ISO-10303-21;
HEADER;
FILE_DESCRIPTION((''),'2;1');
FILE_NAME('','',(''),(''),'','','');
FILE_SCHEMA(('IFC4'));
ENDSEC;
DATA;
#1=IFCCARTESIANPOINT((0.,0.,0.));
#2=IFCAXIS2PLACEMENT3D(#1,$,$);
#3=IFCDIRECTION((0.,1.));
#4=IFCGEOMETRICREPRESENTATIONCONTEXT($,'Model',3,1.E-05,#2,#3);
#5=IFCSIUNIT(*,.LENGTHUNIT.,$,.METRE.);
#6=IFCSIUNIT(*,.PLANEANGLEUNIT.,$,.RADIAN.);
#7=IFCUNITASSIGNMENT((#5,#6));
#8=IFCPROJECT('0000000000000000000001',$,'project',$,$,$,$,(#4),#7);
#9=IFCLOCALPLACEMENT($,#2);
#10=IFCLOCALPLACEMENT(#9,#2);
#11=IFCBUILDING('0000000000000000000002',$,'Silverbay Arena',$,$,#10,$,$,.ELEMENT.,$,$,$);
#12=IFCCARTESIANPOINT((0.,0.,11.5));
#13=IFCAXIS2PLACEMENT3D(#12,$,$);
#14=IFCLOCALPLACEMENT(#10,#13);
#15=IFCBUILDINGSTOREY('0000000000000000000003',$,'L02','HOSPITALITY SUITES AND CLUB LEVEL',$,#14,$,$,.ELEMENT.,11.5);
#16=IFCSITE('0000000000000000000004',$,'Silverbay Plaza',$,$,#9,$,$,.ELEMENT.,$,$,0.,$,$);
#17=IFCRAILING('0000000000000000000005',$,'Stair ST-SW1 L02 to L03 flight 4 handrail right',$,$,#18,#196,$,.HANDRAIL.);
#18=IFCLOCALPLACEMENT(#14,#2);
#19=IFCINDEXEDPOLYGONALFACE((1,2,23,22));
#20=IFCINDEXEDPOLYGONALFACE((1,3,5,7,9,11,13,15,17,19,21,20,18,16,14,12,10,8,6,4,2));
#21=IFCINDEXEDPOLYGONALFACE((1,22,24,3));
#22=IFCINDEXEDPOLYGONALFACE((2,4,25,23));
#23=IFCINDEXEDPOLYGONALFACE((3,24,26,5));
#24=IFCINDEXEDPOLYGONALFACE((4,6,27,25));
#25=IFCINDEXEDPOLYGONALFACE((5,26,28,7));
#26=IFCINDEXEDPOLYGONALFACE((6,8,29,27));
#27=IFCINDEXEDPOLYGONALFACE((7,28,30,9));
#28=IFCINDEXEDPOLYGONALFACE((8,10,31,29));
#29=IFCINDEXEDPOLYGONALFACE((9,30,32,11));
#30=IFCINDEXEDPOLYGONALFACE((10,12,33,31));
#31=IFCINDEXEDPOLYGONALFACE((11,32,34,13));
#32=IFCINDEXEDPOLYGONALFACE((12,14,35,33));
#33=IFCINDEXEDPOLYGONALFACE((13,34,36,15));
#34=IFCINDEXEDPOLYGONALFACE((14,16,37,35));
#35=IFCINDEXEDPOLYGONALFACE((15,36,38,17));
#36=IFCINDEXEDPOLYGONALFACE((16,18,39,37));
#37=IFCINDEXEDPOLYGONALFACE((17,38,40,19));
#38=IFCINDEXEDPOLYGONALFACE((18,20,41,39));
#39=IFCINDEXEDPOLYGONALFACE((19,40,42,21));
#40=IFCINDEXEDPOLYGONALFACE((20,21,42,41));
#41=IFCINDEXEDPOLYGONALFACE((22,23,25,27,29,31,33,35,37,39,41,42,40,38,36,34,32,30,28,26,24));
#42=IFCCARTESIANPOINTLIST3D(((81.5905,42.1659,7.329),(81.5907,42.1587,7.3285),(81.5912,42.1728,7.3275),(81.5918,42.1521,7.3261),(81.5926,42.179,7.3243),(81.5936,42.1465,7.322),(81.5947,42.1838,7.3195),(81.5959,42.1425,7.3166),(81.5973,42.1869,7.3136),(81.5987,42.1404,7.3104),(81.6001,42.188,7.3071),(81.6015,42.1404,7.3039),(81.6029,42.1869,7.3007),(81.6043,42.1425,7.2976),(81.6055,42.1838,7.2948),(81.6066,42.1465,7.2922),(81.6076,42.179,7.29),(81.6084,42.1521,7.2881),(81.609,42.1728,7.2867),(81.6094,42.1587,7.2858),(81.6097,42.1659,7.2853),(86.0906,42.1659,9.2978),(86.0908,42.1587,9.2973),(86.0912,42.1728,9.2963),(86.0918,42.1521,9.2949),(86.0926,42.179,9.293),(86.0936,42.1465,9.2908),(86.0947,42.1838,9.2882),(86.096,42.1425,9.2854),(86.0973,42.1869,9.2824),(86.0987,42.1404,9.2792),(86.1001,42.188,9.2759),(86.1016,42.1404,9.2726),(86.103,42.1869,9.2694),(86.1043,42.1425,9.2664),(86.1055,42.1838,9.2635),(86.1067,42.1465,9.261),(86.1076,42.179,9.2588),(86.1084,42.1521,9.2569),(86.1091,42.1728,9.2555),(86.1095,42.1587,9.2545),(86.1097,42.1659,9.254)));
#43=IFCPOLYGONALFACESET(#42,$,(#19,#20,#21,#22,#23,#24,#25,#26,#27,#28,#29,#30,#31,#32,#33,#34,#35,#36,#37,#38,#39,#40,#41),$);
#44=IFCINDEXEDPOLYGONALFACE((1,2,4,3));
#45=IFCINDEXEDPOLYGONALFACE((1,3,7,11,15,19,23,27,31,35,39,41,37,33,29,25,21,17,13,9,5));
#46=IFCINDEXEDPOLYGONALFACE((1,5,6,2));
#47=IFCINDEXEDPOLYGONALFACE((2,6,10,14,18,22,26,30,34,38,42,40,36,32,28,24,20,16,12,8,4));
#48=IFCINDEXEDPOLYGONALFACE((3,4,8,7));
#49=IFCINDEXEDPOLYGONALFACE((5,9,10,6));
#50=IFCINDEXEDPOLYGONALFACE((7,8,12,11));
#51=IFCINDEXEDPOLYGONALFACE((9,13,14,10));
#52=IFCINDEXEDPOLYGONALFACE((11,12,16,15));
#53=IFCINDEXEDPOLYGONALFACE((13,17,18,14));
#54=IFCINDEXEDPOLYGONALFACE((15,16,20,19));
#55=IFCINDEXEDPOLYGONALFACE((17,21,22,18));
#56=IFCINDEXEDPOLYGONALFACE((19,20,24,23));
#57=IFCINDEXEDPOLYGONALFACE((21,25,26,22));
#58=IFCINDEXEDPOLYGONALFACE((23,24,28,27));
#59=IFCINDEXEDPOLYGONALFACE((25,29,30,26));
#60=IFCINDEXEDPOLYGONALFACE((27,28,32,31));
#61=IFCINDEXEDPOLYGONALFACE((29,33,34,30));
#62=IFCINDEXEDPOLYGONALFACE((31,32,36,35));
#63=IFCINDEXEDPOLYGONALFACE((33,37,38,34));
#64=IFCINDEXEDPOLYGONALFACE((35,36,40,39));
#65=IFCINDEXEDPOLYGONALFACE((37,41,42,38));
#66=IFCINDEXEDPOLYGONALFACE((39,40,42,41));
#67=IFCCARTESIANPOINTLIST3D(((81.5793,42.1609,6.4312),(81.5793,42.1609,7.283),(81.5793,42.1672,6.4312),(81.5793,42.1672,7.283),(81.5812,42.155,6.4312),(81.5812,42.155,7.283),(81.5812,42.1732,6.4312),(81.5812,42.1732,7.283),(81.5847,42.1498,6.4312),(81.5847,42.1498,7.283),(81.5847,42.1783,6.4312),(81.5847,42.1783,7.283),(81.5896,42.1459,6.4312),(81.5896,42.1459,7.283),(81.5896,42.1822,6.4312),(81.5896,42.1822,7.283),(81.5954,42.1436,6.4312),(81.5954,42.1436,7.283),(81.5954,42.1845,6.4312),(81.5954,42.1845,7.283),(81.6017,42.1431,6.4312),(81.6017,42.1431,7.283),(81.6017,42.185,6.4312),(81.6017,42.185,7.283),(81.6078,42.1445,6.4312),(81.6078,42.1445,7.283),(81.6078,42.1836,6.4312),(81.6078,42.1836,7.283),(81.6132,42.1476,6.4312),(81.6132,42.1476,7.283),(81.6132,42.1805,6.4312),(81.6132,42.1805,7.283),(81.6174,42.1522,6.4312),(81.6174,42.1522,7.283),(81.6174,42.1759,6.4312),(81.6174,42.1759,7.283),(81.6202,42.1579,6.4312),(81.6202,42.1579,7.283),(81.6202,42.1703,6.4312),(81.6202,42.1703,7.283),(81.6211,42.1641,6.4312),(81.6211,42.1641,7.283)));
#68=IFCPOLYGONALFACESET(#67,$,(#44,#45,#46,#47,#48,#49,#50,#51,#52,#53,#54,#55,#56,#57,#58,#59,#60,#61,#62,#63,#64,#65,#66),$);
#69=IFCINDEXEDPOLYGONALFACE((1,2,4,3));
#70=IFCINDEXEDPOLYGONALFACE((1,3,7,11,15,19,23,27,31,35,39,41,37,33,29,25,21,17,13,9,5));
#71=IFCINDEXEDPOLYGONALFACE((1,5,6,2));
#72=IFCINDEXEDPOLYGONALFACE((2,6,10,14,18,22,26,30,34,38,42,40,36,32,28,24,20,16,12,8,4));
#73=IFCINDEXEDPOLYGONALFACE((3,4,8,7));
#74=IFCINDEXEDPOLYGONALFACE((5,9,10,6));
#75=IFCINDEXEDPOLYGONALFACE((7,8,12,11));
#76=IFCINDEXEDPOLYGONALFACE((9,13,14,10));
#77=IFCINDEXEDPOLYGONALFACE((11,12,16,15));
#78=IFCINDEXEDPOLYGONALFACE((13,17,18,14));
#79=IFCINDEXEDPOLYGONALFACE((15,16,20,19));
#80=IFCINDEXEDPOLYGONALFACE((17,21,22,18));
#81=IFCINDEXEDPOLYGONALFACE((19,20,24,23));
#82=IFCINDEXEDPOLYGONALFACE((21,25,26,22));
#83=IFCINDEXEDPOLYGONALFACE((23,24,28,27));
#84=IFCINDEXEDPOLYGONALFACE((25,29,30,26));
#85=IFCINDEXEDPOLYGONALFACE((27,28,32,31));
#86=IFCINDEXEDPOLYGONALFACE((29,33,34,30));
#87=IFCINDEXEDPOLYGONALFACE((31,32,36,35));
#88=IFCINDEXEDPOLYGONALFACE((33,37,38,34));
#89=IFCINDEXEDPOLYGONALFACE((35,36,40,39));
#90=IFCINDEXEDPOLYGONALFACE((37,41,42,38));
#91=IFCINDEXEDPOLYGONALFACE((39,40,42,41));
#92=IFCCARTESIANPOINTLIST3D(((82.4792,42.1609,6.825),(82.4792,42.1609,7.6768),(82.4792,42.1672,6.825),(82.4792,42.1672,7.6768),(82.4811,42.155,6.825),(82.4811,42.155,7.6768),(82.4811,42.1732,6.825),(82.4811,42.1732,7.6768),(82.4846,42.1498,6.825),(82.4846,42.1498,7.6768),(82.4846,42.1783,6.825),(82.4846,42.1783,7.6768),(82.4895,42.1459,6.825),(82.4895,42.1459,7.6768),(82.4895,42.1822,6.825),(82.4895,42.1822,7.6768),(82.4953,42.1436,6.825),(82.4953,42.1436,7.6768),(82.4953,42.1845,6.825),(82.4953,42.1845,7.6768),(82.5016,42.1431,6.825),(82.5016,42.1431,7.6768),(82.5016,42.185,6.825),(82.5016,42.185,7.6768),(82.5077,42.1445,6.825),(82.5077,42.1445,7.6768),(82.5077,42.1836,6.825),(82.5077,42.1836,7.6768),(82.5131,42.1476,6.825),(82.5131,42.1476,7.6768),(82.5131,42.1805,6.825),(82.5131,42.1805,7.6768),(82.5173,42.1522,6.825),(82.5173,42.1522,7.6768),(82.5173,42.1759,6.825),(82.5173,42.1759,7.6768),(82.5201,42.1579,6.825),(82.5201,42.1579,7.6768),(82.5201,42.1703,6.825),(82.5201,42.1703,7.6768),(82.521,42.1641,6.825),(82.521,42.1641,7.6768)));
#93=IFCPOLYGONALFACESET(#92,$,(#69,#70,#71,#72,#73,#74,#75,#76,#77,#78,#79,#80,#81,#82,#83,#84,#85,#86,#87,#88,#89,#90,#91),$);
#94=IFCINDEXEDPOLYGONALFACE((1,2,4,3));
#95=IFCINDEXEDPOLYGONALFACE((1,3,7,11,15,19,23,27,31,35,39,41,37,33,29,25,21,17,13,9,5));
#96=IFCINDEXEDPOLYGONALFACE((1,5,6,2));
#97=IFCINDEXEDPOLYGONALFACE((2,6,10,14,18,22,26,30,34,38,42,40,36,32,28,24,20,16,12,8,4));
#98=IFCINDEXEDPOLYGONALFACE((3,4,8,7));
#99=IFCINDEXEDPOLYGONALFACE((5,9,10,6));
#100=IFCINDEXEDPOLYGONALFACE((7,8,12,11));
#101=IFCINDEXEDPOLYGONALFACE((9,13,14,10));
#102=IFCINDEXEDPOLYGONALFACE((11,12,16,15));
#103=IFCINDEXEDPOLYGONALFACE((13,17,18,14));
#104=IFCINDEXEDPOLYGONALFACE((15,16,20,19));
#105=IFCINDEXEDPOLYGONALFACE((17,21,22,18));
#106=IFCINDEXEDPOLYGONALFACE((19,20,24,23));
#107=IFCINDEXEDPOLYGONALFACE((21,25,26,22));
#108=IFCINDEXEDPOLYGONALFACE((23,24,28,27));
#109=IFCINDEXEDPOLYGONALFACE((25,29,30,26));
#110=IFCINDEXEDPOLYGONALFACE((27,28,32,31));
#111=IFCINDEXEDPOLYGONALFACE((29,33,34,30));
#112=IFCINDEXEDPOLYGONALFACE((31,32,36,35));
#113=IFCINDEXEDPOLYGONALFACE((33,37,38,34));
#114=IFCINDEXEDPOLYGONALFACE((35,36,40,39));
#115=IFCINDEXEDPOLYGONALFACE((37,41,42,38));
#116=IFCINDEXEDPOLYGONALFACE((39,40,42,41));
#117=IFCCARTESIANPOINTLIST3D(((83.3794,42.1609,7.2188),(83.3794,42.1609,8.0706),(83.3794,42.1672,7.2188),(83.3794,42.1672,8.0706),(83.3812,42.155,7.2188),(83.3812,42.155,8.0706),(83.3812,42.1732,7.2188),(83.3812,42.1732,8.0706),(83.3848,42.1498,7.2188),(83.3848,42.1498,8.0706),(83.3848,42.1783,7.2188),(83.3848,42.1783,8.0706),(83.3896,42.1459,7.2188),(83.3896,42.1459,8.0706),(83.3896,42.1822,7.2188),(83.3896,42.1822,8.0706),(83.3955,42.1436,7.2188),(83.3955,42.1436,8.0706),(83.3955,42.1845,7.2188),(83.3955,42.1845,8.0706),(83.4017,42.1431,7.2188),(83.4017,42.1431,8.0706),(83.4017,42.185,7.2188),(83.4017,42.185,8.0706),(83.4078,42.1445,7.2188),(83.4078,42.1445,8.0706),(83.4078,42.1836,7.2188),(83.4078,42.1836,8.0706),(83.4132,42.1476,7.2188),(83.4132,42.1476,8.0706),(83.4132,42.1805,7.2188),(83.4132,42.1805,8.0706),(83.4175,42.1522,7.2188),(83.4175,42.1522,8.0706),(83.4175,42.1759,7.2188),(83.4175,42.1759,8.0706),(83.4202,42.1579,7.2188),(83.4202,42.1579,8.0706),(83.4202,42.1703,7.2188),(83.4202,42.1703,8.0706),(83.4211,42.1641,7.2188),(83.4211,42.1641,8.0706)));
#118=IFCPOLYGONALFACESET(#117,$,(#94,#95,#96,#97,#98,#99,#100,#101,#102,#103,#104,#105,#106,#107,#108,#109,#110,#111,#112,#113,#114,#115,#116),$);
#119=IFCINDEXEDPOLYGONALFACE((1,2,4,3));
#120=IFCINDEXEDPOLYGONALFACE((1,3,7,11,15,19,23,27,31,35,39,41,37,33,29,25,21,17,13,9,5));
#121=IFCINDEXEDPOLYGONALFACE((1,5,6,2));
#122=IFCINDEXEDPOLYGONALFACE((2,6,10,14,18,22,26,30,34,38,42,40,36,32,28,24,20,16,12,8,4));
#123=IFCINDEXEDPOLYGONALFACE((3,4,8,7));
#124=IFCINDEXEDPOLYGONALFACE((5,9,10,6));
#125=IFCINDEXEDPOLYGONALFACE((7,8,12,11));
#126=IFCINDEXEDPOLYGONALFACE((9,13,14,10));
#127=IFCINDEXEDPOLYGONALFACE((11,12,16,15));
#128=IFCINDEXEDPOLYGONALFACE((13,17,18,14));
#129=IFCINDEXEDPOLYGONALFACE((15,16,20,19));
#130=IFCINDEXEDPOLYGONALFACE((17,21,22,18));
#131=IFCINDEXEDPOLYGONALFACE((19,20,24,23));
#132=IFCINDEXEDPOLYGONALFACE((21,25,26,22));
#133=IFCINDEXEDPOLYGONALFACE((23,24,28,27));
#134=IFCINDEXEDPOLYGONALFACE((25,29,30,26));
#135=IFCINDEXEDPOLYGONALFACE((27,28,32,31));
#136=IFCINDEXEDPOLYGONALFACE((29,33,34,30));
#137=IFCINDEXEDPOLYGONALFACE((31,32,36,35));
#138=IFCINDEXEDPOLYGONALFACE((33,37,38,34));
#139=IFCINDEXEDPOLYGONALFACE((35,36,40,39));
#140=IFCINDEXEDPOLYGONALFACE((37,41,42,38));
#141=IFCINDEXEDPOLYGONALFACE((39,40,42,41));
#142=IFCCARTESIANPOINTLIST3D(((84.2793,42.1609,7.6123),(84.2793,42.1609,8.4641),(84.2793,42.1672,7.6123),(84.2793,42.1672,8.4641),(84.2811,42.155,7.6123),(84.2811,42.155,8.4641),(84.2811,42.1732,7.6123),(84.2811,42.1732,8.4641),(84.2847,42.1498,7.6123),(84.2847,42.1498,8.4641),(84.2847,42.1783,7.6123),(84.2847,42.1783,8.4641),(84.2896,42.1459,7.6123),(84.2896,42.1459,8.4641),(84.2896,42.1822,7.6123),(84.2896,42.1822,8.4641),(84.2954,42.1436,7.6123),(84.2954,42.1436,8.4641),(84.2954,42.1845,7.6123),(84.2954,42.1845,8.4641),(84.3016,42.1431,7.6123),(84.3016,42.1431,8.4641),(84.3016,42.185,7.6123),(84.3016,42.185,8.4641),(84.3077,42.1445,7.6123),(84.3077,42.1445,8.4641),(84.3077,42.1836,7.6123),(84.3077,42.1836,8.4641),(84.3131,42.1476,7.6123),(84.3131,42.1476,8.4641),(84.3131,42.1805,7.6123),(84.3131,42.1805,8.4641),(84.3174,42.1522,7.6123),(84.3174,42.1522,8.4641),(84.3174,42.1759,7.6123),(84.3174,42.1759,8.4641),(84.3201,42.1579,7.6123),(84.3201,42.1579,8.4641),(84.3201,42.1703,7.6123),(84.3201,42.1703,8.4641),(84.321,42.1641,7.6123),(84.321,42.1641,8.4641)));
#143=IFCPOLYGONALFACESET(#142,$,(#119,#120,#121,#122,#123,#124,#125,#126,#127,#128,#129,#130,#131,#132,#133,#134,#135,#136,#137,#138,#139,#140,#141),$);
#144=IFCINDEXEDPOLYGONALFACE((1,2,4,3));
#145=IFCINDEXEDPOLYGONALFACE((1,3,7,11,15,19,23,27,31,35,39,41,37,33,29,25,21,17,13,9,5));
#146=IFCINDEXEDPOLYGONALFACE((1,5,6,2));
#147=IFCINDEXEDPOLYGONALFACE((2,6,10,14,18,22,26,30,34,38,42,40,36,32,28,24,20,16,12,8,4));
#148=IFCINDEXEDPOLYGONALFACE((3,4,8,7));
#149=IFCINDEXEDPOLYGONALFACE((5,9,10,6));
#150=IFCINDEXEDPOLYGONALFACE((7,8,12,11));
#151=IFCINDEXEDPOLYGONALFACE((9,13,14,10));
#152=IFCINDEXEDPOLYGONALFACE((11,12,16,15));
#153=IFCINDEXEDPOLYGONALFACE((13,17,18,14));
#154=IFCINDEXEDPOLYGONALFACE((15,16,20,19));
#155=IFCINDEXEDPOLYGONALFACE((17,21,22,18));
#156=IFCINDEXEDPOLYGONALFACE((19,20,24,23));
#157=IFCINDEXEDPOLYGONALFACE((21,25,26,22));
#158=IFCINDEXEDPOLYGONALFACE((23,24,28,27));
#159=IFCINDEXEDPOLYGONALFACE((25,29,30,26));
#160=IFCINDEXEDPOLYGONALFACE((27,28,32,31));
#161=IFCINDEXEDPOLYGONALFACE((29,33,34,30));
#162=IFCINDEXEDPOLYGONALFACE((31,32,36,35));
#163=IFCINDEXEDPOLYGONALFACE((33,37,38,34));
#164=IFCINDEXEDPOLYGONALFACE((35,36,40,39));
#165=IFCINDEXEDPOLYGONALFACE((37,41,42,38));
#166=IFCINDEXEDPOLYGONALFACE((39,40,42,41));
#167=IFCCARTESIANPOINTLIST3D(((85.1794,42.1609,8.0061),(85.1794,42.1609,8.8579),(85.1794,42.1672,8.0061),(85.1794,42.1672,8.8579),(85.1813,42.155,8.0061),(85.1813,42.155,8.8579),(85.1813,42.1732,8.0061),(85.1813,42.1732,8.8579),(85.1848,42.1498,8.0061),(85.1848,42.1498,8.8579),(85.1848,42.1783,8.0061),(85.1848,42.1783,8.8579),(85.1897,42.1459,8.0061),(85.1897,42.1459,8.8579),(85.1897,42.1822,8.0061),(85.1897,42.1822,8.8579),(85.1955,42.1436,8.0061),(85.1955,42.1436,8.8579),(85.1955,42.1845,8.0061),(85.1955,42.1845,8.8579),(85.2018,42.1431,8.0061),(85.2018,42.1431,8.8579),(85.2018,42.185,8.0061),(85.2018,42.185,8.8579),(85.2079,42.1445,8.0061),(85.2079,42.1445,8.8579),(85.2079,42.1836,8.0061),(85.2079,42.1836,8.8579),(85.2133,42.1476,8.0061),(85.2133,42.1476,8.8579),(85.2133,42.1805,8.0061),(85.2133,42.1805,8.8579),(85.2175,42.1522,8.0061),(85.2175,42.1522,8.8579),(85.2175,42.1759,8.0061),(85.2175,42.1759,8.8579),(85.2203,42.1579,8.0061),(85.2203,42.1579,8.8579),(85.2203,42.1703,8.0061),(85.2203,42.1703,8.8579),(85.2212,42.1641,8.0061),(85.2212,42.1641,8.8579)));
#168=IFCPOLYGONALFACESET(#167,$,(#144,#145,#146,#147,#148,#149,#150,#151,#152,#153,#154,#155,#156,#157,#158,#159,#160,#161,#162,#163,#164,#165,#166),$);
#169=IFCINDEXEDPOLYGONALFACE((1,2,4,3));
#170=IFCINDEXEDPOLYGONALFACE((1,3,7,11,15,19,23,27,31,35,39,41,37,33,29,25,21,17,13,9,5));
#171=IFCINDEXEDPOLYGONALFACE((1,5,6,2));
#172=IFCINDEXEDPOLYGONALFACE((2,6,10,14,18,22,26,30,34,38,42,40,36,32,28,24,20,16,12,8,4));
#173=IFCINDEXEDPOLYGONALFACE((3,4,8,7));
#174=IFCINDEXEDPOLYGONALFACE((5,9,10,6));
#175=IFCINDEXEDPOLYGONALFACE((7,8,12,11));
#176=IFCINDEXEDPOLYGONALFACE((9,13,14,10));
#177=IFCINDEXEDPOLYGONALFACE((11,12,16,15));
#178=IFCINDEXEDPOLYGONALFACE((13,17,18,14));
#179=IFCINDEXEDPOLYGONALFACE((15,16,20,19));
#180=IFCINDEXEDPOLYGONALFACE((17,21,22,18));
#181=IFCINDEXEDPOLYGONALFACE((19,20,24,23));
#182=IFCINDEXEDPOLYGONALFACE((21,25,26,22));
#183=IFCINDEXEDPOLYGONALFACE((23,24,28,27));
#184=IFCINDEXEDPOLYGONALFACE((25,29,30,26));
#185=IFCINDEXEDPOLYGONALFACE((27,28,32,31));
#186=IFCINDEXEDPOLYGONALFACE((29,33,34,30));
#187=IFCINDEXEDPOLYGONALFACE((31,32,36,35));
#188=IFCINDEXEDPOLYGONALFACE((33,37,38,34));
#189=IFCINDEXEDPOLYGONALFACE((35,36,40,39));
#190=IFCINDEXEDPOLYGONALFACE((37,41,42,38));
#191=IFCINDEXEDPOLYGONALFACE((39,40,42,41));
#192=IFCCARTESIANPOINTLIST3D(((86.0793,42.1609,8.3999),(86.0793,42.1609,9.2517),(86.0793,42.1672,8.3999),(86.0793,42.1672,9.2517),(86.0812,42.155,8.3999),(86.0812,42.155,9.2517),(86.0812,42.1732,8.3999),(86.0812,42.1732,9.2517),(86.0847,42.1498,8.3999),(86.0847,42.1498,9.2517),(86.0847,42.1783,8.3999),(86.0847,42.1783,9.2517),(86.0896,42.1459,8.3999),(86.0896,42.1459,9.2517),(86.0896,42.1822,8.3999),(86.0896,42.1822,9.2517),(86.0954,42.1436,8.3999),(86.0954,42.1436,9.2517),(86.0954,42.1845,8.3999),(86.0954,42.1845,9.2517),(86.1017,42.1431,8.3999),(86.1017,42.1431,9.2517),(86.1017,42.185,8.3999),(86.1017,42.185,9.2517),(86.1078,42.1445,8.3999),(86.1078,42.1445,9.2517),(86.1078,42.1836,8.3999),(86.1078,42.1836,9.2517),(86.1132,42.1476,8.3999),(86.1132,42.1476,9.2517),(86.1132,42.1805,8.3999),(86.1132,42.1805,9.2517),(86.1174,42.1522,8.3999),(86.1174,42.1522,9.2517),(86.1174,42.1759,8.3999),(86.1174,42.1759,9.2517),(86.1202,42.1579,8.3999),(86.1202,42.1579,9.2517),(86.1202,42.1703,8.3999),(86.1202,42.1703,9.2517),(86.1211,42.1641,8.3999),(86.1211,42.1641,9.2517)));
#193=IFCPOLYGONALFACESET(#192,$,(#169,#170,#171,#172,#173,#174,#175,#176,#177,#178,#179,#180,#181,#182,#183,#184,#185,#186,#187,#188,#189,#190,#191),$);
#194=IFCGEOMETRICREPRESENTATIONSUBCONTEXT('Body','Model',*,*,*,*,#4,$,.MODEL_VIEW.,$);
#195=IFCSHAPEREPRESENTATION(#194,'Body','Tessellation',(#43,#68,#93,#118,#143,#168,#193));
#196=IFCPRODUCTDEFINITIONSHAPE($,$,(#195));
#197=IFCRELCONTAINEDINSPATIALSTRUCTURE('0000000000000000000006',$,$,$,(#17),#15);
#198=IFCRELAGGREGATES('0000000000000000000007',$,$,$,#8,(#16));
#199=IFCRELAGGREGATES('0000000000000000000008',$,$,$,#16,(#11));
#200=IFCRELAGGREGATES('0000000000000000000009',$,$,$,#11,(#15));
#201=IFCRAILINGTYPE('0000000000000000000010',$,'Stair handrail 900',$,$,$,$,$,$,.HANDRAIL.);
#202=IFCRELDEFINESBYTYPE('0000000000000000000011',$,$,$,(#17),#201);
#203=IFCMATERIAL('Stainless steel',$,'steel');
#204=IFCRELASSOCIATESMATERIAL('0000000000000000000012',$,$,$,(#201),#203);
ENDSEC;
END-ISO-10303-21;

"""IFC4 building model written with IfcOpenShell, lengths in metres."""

from ifc_helpers import new_model, si_unit, direction, frame, origin, origin_2d, place, context, subcontext, project, spatial, circle, extrude, material, type_object, element, save


model = new_model("IFC4")

# Units and contexts
model_context = context("Model", 3, precision=1e-05, world=origin(), true_north=direction((0.0, 1.0)))
body_context = subcontext(model_context, "Body", "Model", "MODEL_VIEW")
ifc_project = project(units=[si_unit("LENGTHUNIT", "METRE"), si_unit("PLANEANGLEUNIT", "RADIAN")], contexts=[model_context])

# Site, building, storey
site_placement = place(None, origin())
site = spatial("IfcSite", under=ifc_project, at=site_placement, Name="Silverbay Plaza", CompositionType="ELEMENT", RefElevation=0.0)
building_placement = place(site_placement, origin())
building = spatial("IfcBuilding", under=site, at=building_placement, Name="Silverbay Arena", CompositionType="ELEMENT")
storey_placement = place(building_placement, frame((0.0, 0.0, 11.5)))
storey = spatial("IfcBuildingStorey", under=building, at=storey_placement, Name="L02", Description="HOSPITALITY SUITES AND CLUB LEVEL", CompositionType="ELEMENT", Elevation=11.5)

# Railing
ifc_material_1 = material(Name="Stainless steel", Category="steel")
railing_type_1 = type_object("IfcRailingType", Name="Stair handrail 900", PredefinedType="HANDRAIL", material=ifc_material_1)
for number, where, name in (
    (1, (81.6001, 42.1641, 6.4312), "Stair ST-SW1 L02 to L03 flight 4 handrail right"),
):
    element("IfcRailing", number, at=place(storey_placement, frame(where)), inside=storey, type_object=railing_type_1, Name=name, PredefinedType="HANDRAIL", context=body_context, shape_type="SweptSolid", body=[
        extrude(circle(Radius=0.0239, at=origin_2d()), frame((0.0, 0.0, 0.876), z_axis=(0.916157, 0.0, 0.400819), x_axis=(0.0, 1.0, 0.0)), (0.0, 0.0, 1.0), 4.9119),
        extrude(circle(Radius=0.021, at=origin_2d()), origin(), (0.0, 0.0, 1.0), 0.8518),
        extrude(circle(Radius=0.021, at=origin_2d()), frame((0.8999, 0.0, 0.3938)), (0.0, 0.0, 1.0), 0.8518),
        extrude(circle(Radius=0.021, at=origin_2d()), frame((1.8, 0.0, 0.7876)), (0.0, 0.0, 1.0), 0.8518),
        extrude(circle(Radius=0.021, at=origin_2d()), frame((2.7, 0.0, 1.1812)), (0.0, 0.0, 1.0), 0.8518),
        extrude(circle(Radius=0.021, at=origin_2d()), frame((3.6001, 0.0, 1.575)), (0.0, 0.0, 1.0), 0.8518),
        extrude(circle(Radius=0.021, at=origin_2d()), frame((4.5, 0.0, 1.9688)), (0.0, 0.0, 1.0), 0.8518),
    ])

save(model, "model.ifc")
